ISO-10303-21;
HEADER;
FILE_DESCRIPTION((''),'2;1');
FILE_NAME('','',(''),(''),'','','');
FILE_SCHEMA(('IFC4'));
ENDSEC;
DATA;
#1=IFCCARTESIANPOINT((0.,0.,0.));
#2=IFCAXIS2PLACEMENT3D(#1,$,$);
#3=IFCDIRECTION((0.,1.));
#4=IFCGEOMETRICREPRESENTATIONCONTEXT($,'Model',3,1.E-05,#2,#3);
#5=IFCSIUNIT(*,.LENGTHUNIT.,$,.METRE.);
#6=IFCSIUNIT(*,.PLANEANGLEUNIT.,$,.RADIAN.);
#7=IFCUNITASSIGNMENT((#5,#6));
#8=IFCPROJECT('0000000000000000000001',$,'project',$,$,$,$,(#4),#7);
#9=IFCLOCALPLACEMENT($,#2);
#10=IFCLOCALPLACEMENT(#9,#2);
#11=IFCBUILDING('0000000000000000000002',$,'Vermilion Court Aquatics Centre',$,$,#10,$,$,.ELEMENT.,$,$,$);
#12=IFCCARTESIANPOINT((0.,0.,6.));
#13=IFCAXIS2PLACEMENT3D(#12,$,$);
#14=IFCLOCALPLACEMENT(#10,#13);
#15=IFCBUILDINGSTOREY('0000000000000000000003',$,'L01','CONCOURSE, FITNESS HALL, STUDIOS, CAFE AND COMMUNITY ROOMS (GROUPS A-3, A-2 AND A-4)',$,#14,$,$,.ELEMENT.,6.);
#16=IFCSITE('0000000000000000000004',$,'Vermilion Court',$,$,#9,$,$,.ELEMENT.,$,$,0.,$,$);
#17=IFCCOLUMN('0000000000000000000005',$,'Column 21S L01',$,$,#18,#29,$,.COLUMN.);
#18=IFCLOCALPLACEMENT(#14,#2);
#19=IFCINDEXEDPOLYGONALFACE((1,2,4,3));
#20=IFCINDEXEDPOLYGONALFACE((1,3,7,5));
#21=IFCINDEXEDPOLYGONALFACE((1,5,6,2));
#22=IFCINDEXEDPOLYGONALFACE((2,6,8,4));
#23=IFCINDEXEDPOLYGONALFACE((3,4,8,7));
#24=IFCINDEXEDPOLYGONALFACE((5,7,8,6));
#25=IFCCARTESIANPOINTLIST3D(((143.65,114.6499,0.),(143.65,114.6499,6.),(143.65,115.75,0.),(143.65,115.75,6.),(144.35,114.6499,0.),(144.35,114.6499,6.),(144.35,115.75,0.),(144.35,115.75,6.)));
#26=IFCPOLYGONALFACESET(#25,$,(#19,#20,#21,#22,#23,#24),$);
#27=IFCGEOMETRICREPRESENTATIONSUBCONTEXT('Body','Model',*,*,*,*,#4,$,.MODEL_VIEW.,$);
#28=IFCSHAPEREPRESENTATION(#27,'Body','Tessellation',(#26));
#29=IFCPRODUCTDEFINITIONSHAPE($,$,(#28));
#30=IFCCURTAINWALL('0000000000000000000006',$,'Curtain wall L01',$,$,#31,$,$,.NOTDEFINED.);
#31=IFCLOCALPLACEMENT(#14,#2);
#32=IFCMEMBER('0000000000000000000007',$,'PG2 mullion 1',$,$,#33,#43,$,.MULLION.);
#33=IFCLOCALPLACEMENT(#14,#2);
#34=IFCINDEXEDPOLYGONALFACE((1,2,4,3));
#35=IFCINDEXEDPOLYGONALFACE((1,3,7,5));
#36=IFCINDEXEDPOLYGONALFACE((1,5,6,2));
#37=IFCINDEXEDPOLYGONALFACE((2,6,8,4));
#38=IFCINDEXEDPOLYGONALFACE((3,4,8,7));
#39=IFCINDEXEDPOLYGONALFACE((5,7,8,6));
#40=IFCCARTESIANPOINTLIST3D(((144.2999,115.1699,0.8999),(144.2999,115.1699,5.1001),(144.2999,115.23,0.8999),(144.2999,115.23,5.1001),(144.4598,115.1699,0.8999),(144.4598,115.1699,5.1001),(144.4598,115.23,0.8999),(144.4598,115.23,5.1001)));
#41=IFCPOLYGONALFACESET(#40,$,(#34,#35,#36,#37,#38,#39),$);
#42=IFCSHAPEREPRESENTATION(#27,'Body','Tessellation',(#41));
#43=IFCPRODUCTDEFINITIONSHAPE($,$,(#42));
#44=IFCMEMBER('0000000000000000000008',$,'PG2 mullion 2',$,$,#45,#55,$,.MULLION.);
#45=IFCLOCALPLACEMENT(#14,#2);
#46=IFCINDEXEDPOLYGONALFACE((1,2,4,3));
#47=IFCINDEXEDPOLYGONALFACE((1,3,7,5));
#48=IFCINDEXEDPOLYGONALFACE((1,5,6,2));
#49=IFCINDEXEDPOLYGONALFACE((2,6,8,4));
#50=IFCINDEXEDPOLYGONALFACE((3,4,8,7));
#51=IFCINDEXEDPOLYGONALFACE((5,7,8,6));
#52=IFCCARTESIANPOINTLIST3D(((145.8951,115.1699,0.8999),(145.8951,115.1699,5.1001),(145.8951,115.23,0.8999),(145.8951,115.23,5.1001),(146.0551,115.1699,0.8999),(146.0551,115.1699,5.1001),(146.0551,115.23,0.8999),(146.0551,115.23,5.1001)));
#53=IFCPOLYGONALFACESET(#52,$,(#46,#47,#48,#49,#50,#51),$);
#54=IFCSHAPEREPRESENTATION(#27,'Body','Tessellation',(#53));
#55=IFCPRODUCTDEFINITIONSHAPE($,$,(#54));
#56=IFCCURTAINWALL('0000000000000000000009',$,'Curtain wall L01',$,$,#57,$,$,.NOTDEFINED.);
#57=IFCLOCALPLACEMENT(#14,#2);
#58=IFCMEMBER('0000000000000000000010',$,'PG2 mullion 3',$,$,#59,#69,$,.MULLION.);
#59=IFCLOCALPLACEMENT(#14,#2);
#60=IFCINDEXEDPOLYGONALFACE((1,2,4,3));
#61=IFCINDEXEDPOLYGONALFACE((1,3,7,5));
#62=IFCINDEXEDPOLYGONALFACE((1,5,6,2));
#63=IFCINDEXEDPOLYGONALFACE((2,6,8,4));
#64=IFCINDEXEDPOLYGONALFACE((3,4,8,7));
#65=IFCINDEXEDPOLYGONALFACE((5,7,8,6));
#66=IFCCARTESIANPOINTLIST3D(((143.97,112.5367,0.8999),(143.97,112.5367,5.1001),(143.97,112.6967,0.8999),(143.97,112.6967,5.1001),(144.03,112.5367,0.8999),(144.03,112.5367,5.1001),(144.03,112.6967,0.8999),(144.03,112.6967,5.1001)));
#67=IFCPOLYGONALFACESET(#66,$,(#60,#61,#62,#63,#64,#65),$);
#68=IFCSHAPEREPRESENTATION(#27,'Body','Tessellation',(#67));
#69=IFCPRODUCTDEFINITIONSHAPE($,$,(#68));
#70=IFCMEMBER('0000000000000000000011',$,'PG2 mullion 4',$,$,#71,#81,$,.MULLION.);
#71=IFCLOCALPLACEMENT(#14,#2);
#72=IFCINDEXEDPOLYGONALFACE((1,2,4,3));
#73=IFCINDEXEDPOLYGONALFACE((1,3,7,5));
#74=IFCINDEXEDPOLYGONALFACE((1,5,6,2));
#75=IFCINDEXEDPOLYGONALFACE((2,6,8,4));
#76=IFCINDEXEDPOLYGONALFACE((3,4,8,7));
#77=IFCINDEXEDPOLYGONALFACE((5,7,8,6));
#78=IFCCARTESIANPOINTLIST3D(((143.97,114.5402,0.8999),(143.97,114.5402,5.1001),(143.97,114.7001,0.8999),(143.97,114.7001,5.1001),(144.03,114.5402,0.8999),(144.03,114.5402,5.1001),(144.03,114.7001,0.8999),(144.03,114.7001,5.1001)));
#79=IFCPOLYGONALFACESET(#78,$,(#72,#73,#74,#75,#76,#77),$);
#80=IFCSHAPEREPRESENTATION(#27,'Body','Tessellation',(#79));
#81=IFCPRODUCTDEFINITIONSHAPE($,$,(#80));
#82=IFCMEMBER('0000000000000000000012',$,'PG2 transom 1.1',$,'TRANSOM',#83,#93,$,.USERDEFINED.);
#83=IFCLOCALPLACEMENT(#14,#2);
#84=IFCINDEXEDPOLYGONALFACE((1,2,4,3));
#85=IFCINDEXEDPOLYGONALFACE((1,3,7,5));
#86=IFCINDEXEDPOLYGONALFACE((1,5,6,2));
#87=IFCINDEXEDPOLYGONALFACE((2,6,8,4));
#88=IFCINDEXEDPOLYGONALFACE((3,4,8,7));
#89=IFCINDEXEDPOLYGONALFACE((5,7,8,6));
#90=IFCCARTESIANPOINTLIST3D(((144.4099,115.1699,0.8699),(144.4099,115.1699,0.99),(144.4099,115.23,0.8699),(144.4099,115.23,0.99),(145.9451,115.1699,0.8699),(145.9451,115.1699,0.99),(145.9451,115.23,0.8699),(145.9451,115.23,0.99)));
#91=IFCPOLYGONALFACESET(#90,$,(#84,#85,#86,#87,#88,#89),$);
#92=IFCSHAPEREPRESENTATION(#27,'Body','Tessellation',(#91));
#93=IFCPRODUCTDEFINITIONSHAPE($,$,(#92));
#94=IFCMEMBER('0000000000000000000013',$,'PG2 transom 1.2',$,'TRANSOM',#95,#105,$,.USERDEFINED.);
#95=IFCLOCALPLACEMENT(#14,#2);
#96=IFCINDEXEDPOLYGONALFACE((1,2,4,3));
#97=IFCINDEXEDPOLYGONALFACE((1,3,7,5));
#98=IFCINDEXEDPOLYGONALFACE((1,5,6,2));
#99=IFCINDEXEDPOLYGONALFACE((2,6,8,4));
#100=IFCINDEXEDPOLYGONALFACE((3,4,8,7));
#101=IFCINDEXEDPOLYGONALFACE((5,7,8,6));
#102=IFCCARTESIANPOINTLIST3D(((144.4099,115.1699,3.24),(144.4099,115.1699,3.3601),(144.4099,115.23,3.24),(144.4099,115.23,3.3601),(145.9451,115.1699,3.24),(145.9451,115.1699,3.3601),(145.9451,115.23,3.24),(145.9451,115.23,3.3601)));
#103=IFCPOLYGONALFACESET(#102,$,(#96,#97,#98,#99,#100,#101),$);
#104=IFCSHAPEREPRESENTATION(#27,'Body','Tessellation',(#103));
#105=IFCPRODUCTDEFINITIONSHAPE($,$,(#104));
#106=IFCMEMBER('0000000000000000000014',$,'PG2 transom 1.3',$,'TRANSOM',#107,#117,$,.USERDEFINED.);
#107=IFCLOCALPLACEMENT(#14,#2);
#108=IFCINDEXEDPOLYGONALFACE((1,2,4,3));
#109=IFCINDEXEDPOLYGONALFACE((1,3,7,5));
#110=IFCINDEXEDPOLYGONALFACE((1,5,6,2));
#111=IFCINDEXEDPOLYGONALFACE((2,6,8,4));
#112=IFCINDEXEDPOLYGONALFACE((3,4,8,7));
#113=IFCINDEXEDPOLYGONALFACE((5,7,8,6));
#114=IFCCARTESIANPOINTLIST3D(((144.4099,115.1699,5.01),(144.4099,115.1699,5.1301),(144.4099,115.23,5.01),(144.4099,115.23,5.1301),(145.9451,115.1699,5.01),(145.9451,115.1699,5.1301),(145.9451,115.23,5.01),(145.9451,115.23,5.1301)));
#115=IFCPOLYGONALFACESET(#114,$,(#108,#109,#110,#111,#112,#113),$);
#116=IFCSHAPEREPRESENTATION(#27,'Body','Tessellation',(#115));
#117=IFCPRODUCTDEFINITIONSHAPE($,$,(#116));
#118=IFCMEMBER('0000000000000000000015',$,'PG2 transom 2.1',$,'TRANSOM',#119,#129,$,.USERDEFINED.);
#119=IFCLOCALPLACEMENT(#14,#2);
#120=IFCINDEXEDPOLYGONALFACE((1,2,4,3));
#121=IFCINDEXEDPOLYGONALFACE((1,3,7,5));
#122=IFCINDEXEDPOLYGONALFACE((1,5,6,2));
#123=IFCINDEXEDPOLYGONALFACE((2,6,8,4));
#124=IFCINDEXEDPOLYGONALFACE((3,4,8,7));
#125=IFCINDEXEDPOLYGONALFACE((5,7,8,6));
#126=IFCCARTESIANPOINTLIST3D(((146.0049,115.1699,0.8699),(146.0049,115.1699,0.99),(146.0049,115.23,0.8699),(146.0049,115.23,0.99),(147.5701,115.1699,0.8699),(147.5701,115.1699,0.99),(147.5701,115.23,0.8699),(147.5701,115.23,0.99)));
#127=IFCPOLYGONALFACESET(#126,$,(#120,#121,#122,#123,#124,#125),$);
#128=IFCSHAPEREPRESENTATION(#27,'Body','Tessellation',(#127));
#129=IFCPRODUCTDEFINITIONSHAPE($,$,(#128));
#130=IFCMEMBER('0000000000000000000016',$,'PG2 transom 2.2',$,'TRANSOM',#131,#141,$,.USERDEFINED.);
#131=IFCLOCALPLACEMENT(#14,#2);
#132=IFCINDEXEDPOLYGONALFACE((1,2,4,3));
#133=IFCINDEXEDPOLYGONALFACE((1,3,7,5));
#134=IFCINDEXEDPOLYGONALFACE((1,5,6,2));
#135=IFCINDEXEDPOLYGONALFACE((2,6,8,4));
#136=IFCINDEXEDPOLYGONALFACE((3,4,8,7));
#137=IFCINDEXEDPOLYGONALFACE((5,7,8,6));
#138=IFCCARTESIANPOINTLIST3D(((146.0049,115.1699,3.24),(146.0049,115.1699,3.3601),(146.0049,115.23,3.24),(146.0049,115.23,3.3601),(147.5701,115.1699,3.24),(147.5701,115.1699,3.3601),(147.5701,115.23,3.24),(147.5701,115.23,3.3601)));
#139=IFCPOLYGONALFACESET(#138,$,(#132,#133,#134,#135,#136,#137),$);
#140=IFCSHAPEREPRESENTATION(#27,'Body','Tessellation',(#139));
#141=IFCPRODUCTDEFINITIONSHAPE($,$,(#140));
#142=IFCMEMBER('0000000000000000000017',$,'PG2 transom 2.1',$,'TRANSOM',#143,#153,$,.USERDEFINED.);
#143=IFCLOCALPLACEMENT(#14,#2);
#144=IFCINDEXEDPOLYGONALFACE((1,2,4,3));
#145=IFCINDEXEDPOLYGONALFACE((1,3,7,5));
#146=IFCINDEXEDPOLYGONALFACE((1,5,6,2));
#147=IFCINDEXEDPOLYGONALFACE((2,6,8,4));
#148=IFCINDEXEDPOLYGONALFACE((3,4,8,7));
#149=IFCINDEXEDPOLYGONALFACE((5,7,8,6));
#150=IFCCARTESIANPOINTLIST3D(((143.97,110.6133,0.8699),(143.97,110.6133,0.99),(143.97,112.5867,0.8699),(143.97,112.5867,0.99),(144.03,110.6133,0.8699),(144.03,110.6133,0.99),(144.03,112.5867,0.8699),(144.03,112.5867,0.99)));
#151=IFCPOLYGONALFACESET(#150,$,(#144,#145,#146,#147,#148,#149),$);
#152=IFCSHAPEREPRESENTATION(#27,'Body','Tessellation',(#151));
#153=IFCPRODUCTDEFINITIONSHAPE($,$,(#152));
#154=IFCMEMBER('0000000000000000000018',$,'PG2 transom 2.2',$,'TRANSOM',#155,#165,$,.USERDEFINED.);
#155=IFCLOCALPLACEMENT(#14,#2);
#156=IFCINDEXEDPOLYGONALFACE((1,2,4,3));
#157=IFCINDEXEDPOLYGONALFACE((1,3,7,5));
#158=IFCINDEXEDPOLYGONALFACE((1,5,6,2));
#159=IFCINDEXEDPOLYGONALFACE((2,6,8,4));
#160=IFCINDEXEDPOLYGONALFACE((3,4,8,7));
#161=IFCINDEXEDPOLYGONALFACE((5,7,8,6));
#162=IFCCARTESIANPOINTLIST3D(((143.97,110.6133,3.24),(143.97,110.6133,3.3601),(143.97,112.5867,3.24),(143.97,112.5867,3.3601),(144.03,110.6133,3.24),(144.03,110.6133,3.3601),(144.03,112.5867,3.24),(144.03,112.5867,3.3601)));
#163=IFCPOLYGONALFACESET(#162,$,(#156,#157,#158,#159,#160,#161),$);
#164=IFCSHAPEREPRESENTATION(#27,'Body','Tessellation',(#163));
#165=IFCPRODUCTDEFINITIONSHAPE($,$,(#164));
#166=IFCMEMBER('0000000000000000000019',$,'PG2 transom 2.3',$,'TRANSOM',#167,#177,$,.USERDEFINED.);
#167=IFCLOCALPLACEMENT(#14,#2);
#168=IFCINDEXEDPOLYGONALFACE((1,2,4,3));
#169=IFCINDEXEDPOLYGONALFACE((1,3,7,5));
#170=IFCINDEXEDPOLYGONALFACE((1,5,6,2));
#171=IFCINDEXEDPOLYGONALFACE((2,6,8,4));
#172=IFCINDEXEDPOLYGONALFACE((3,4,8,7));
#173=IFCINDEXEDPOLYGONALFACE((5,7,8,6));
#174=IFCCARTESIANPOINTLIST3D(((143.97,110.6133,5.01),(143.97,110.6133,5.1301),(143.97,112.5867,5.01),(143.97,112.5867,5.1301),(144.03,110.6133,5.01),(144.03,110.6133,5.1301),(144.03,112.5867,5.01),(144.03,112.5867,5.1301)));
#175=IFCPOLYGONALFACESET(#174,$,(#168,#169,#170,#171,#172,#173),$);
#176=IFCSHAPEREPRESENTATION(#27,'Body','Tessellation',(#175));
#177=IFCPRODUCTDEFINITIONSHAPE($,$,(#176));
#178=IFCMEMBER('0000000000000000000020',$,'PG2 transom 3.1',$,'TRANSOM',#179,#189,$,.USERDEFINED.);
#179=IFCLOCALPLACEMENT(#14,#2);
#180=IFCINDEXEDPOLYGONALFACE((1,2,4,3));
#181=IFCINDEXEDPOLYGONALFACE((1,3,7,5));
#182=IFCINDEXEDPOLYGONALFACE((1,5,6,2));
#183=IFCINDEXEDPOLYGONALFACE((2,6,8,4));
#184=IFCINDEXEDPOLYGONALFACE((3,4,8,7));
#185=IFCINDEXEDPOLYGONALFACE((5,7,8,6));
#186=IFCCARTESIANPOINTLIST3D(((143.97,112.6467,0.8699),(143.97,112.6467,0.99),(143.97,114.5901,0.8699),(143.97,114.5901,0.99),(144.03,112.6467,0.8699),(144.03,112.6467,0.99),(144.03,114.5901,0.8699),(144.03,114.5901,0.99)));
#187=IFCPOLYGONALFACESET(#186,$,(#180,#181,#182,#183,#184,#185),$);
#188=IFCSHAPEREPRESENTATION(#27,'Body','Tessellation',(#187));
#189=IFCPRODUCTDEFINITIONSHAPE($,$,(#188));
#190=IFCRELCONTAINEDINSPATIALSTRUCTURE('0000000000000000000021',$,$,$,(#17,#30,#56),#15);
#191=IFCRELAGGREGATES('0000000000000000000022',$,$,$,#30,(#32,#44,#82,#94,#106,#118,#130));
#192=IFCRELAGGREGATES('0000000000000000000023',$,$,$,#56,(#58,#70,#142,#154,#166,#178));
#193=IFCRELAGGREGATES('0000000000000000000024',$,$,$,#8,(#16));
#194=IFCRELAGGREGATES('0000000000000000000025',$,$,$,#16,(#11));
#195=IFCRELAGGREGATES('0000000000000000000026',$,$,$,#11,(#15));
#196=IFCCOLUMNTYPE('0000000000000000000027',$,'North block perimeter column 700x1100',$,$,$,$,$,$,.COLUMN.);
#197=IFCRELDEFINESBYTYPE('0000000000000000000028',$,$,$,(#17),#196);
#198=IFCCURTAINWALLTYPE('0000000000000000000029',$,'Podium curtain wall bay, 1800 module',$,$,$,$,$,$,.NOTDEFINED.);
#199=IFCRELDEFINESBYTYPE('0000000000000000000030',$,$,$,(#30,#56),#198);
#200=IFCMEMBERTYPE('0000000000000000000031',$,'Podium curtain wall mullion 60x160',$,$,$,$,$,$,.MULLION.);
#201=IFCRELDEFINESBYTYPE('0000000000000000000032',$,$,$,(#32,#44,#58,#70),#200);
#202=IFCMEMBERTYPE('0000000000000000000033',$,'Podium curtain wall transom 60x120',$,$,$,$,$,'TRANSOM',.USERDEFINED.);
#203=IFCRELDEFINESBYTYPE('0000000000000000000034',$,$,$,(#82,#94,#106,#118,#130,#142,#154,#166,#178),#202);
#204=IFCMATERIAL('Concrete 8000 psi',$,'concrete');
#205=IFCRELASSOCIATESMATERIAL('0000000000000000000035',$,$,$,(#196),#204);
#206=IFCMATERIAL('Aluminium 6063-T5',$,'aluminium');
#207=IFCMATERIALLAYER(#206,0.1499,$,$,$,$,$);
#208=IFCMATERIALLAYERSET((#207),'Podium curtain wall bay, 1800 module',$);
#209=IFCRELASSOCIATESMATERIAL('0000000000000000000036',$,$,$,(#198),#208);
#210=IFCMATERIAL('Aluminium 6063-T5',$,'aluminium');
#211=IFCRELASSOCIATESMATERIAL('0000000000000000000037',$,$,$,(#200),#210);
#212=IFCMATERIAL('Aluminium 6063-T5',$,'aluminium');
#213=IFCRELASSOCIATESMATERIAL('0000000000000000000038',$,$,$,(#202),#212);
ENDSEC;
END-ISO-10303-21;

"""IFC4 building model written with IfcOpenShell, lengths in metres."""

from ifc_helpers import new_model, si_unit, direction, frame, origin, origin_2d, place, context, subcontext, project, spatial, rectangle, extrude, material, layer, layer_set, material_profile, profile_set, type_object, element, aggregate, save


model = new_model("IFC4")

# Units and contexts
model_context = context("Model", 3, precision=1e-05, world=origin(), true_north=direction((0.0, 1.0)))
body_context = subcontext(model_context, "Body", "Model", "MODEL_VIEW")
ifc_project = project(units=[si_unit("LENGTHUNIT", "METRE"), si_unit("PLANEANGLEUNIT", "RADIAN")], contexts=[model_context])

# Site, building, storey
site_placement = place(None, origin())
site = spatial("IfcSite", under=ifc_project, at=site_placement, Name="Vermilion Court", CompositionType="ELEMENT", RefElevation=0.0)
building_placement = place(site_placement, origin())
building = spatial("IfcBuilding", under=site, at=building_placement, Name="Vermilion Court Aquatics Centre", CompositionType="ELEMENT")
storey_placement = place(building_placement, frame((0.0, 0.0, 6.0)))
storey = spatial("IfcBuildingStorey", under=building, at=storey_placement, Name="L01", Description="CONCOURSE, FITNESS HALL, STUDIOS, CAFE AND COMMUNITY ROOMS (GROUPS A-3, A-2 AND A-4)", CompositionType="ELEMENT", Elevation=6.0)

# Column
ifc_material_1 = material(Name="Concrete 8000 psi", Category="concrete")
ifc_material_profile_1 = material_profile(ifc_material_1, rectangle(XDim=0.7, YDim=1.1001, at=origin_2d()), Name="RC 700x1100")
ifc_profile_set_1 = profile_set([ifc_material_profile_1], Name="Concrete 8000 psi")
column_type = type_object("IfcColumnType", Name="North block perimeter column 700x1100", PredefinedType="COLUMN", material=ifc_profile_set_1)
column_placement = place(storey_placement, frame((144.0, 115.2, 0.0), z_axis=(0.0, 0.0, 1.0), x_axis=(1.0, 0.0, 0.0)))
element("IfcColumn", 1, at=column_placement, inside=storey, type_object=column_type, Name="Column 21S L01", PredefinedType="COLUMN", context=body_context, shape_type="SweptSolid", body=[
    extrude(rectangle(XDim=0.7, YDim=1.1001, at=origin_2d()), origin(), (0.0, 0.0, 1.0), 6.0),
])

# Curtain walls, members
ifc_material_2 = material(Name="Aluminium 6063-T5", Category="aluminium")
ifc_layer_1 = layer(ifc_material_2, 0.1499)
ifc_layer_set_1 = layer_set([ifc_layer_1], Name="Podium curtain wall bay, 1800 module")
curtain_wall_type = type_object("IfcCurtainWallType", Name="Podium curtain wall bay, 1800 module", PredefinedType="NOTDEFINED", material=ifc_layer_set_1)
curtain_wall_1_placement = place(storey_placement, origin())
curtain_wall_1 = element("IfcCurtainWall", 2, at=curtain_wall_1_placement, inside=storey, type_object=curtain_wall_type, Name="Curtain wall L01", PredefinedType="NOTDEFINED")
ifc_material_3 = material(Name="Aluminium 6063-T5", Category="aluminium")
ifc_material_profile_2 = material_profile(ifc_material_3, rectangle(XDim=0.0601, YDim=0.1599, at=origin_2d()), Name="Mullion 60x160")
ifc_profile_set_2 = profile_set([ifc_material_profile_2], Name="Aluminium 6063-T5")
member_type_1 = type_object("IfcMemberType", Name="Podium curtain wall mullion 60x160", PredefinedType="MULLION", material=ifc_profile_set_2)
member_1_placement = place(storey_placement, frame((144.3799, 115.2, 0.8999), z_axis=(0.0, 0.0, 1.0), x_axis=(0.0, 1.0, 0.0)))
member_1 = element("IfcMember", 3, at=member_1_placement, type_object=member_type_1, Name="PG2 mullion 1", PredefinedType="MULLION", context=body_context, shape_type="SweptSolid", body=[
    extrude(rectangle(XDim=0.0601, YDim=0.1599, at=origin_2d()), origin(), (0.0, 0.0, 1.0), 4.2002),
])
member_2_placement = place(storey_placement, frame((145.9751, 115.2, 0.8999), z_axis=(0.0, 0.0, 1.0), x_axis=(0.0, 1.0, 0.0)))
member_2 = element("IfcMember", 4, at=member_2_placement, type_object=member_type_1, Name="PG2 mullion 2", PredefinedType="MULLION", context=body_context, shape_type="SweptSolid", body=[
    extrude(rectangle(XDim=0.0601, YDim=0.1599, at=origin_2d()), origin(), (0.0, 0.0, 1.0), 4.2002),
])
curtain_wall_2_placement = place(storey_placement, origin())
curtain_wall_2 = element("IfcCurtainWall", 5, at=curtain_wall_2_placement, inside=storey, type_object=curtain_wall_type, Name="Curtain wall L01", PredefinedType="NOTDEFINED")
member_3_placement = place(storey_placement, frame((144.0, 112.6167, 0.8999), z_axis=(0.0, 0.0, 1.0), x_axis=(-1.0, 0.0, 0.0)))
member_3 = element("IfcMember", 6, at=member_3_placement, type_object=member_type_1, Name="PG2 mullion 3", PredefinedType="MULLION", context=body_context, shape_type="SweptSolid", body=[
    extrude(rectangle(XDim=0.0601, YDim=0.1599, at=origin_2d()), origin(), (0.0, 0.0, 1.0), 4.2002),
])
member_4_placement = place(storey_placement, frame((144.0, 114.6201, 0.8999), z_axis=(0.0, 0.0, 1.0), x_axis=(-1.0, 0.0, 0.0)))
member_4 = element("IfcMember", 7, at=member_4_placement, type_object=member_type_1, Name="PG2 mullion 4", PredefinedType="MULLION", context=body_context, shape_type="SweptSolid", body=[
    extrude(rectangle(XDim=0.0601, YDim=0.1599, at=origin_2d()), origin(), (0.0, 0.0, 1.0), 4.2002),
])

# Members
ifc_material_4 = material(Name="Aluminium 6063-T5", Category="aluminium")
ifc_material_profile_3 = material_profile(ifc_material_4, rectangle(XDim=0.0601, YDim=0.1201, at=origin_2d()), Name="Transom 60x120")
ifc_profile_set_3 = profile_set([ifc_material_profile_3], Name="Aluminium 6063-T5")
member_type_2 = type_object("IfcMemberType", Name="Podium curtain wall transom 60x120", ElementType="TRANSOM", PredefinedType="USERDEFINED", material=ifc_profile_set_3)
member_5_placement = place(storey_placement, frame((144.4099, 115.2, 0.9299), z_axis=(1.0, 0.0, 0.0), x_axis=(0.0, 1.0, 0.0)))
member_5 = element("IfcMember", 8, at=member_5_placement, type_object=member_type_2, Name="PG2 transom 1.1", ObjectType="TRANSOM", PredefinedType="USERDEFINED", context=body_context, shape_type="SweptSolid", body=[
    extrude(rectangle(XDim=0.0601, YDim=0.1201, at=origin_2d()), origin(), (0.0, 0.0, 1.0), 1.5352),
])
member_6_placement = place(storey_placement, frame((144.4099, 115.2, 3.3), z_axis=(1.0, 0.0, 0.0), x_axis=(0.0, 1.0, 0.0)))
member_6 = element("IfcMember", 9, at=member_6_placement, type_object=member_type_2, Name="PG2 transom 1.2", ObjectType="TRANSOM", PredefinedType="USERDEFINED", context=body_context, shape_type="SweptSolid", body=[
    extrude(rectangle(XDim=0.0601, YDim=0.1201, at=origin_2d()), origin(), (0.0, 0.0, 1.0), 1.5352),
])
member_7_placement = place(storey_placement, frame((144.4099, 115.2, 5.0701), z_axis=(1.0, 0.0, 0.0), x_axis=(0.0, 1.0, 0.0)))
member_7 = element("IfcMember", 10, at=member_7_placement, type_object=member_type_2, Name="PG2 transom 1.3", ObjectType="TRANSOM", PredefinedType="USERDEFINED", context=body_context, shape_type="SweptSolid", body=[
    extrude(rectangle(XDim=0.0601, YDim=0.1201, at=origin_2d()), origin(), (0.0, 0.0, 1.0), 1.5352),
])
member_8_placement = place(storey_placement, frame((146.0049, 115.2, 0.9299), z_axis=(1.0, 0.0, 0.0), x_axis=(0.0, 1.0, 0.0)))
member_8 = element("IfcMember", 11, at=member_8_placement, type_object=member_type_2, Name="PG2 transom 2.1", ObjectType="TRANSOM", PredefinedType="USERDEFINED", context=body_context, shape_type="SweptSolid", body=[
    extrude(rectangle(XDim=0.0601, YDim=0.1201, at=origin_2d()), origin(), (0.0, 0.0, 1.0), 1.5652),
])
member_9_placement = place(storey_placement, frame((146.0049, 115.2, 3.3), z_axis=(1.0, 0.0, 0.0), x_axis=(0.0, 1.0, 0.0)))
member_9 = element("IfcMember", 12, at=member_9_placement, type_object=member_type_2, Name="PG2 transom 2.2", ObjectType="TRANSOM", PredefinedType="USERDEFINED", context=body_context, shape_type="SweptSolid", body=[
    extrude(rectangle(XDim=0.0601, YDim=0.1201, at=origin_2d()), origin(), (0.0, 0.0, 1.0), 1.5652),
])
member_10_placement = place(storey_placement, frame((144.0, 110.6133, 0.9299), z_axis=(0.0, 1.0, 0.0), x_axis=(-1.0, 0.0, 0.0)))
member_10 = element("IfcMember", 13, at=member_10_placement, type_object=member_type_2, Name="PG2 transom 2.1", ObjectType="TRANSOM", PredefinedType="USERDEFINED", context=body_context, shape_type="SweptSolid", body=[
    extrude(rectangle(XDim=0.0601, YDim=0.1201, at=origin_2d()), origin(), (0.0, 0.0, 1.0), 1.9734),
])
member_11_placement = place(storey_placement, frame((144.0, 110.6133, 3.3), z_axis=(0.0, 1.0, 0.0), x_axis=(-1.0, 0.0, 0.0)))
member_11 = element("IfcMember", 14, at=member_11_placement, type_object=member_type_2, Name="PG2 transom 2.2", ObjectType="TRANSOM", PredefinedType="USERDEFINED", context=body_context, shape_type="SweptSolid", body=[
    extrude(rectangle(XDim=0.0601, YDim=0.1201, at=origin_2d()), origin(), (0.0, 0.0, 1.0), 1.9734),
])
member_12_placement = place(storey_placement, frame((144.0, 110.6133, 5.0701), z_axis=(0.0, 1.0, 0.0), x_axis=(-1.0, 0.0, 0.0)))
member_12 = element("IfcMember", 15, at=member_12_placement, type_object=member_type_2, Name="PG2 transom 2.3", ObjectType="TRANSOM", PredefinedType="USERDEFINED", context=body_context, shape_type="SweptSolid", body=[
    extrude(rectangle(XDim=0.0601, YDim=0.1201, at=origin_2d()), origin(), (0.0, 0.0, 1.0), 1.9734),
])
member_13_placement = place(storey_placement, frame((144.0, 112.6467, 0.9299), z_axis=(0.0, 1.0, 0.0), x_axis=(-1.0, 0.0, 0.0)))
member_13 = element("IfcMember", 16, at=member_13_placement, type_object=member_type_2, Name="PG2 transom 3.1", ObjectType="TRANSOM", PredefinedType="USERDEFINED", context=body_context, shape_type="SweptSolid", body=[
    extrude(rectangle(XDim=0.0601, YDim=0.1201, at=origin_2d()), origin(), (0.0, 0.0, 1.0), 1.9434),
])

aggregate(curtain_wall_1, [member_1, member_2, member_5, member_6, member_7, member_8, member_9])
aggregate(curtain_wall_2, [member_3, member_4, member_10, member_11, member_12, member_13])

save(model, "model.ifc")
